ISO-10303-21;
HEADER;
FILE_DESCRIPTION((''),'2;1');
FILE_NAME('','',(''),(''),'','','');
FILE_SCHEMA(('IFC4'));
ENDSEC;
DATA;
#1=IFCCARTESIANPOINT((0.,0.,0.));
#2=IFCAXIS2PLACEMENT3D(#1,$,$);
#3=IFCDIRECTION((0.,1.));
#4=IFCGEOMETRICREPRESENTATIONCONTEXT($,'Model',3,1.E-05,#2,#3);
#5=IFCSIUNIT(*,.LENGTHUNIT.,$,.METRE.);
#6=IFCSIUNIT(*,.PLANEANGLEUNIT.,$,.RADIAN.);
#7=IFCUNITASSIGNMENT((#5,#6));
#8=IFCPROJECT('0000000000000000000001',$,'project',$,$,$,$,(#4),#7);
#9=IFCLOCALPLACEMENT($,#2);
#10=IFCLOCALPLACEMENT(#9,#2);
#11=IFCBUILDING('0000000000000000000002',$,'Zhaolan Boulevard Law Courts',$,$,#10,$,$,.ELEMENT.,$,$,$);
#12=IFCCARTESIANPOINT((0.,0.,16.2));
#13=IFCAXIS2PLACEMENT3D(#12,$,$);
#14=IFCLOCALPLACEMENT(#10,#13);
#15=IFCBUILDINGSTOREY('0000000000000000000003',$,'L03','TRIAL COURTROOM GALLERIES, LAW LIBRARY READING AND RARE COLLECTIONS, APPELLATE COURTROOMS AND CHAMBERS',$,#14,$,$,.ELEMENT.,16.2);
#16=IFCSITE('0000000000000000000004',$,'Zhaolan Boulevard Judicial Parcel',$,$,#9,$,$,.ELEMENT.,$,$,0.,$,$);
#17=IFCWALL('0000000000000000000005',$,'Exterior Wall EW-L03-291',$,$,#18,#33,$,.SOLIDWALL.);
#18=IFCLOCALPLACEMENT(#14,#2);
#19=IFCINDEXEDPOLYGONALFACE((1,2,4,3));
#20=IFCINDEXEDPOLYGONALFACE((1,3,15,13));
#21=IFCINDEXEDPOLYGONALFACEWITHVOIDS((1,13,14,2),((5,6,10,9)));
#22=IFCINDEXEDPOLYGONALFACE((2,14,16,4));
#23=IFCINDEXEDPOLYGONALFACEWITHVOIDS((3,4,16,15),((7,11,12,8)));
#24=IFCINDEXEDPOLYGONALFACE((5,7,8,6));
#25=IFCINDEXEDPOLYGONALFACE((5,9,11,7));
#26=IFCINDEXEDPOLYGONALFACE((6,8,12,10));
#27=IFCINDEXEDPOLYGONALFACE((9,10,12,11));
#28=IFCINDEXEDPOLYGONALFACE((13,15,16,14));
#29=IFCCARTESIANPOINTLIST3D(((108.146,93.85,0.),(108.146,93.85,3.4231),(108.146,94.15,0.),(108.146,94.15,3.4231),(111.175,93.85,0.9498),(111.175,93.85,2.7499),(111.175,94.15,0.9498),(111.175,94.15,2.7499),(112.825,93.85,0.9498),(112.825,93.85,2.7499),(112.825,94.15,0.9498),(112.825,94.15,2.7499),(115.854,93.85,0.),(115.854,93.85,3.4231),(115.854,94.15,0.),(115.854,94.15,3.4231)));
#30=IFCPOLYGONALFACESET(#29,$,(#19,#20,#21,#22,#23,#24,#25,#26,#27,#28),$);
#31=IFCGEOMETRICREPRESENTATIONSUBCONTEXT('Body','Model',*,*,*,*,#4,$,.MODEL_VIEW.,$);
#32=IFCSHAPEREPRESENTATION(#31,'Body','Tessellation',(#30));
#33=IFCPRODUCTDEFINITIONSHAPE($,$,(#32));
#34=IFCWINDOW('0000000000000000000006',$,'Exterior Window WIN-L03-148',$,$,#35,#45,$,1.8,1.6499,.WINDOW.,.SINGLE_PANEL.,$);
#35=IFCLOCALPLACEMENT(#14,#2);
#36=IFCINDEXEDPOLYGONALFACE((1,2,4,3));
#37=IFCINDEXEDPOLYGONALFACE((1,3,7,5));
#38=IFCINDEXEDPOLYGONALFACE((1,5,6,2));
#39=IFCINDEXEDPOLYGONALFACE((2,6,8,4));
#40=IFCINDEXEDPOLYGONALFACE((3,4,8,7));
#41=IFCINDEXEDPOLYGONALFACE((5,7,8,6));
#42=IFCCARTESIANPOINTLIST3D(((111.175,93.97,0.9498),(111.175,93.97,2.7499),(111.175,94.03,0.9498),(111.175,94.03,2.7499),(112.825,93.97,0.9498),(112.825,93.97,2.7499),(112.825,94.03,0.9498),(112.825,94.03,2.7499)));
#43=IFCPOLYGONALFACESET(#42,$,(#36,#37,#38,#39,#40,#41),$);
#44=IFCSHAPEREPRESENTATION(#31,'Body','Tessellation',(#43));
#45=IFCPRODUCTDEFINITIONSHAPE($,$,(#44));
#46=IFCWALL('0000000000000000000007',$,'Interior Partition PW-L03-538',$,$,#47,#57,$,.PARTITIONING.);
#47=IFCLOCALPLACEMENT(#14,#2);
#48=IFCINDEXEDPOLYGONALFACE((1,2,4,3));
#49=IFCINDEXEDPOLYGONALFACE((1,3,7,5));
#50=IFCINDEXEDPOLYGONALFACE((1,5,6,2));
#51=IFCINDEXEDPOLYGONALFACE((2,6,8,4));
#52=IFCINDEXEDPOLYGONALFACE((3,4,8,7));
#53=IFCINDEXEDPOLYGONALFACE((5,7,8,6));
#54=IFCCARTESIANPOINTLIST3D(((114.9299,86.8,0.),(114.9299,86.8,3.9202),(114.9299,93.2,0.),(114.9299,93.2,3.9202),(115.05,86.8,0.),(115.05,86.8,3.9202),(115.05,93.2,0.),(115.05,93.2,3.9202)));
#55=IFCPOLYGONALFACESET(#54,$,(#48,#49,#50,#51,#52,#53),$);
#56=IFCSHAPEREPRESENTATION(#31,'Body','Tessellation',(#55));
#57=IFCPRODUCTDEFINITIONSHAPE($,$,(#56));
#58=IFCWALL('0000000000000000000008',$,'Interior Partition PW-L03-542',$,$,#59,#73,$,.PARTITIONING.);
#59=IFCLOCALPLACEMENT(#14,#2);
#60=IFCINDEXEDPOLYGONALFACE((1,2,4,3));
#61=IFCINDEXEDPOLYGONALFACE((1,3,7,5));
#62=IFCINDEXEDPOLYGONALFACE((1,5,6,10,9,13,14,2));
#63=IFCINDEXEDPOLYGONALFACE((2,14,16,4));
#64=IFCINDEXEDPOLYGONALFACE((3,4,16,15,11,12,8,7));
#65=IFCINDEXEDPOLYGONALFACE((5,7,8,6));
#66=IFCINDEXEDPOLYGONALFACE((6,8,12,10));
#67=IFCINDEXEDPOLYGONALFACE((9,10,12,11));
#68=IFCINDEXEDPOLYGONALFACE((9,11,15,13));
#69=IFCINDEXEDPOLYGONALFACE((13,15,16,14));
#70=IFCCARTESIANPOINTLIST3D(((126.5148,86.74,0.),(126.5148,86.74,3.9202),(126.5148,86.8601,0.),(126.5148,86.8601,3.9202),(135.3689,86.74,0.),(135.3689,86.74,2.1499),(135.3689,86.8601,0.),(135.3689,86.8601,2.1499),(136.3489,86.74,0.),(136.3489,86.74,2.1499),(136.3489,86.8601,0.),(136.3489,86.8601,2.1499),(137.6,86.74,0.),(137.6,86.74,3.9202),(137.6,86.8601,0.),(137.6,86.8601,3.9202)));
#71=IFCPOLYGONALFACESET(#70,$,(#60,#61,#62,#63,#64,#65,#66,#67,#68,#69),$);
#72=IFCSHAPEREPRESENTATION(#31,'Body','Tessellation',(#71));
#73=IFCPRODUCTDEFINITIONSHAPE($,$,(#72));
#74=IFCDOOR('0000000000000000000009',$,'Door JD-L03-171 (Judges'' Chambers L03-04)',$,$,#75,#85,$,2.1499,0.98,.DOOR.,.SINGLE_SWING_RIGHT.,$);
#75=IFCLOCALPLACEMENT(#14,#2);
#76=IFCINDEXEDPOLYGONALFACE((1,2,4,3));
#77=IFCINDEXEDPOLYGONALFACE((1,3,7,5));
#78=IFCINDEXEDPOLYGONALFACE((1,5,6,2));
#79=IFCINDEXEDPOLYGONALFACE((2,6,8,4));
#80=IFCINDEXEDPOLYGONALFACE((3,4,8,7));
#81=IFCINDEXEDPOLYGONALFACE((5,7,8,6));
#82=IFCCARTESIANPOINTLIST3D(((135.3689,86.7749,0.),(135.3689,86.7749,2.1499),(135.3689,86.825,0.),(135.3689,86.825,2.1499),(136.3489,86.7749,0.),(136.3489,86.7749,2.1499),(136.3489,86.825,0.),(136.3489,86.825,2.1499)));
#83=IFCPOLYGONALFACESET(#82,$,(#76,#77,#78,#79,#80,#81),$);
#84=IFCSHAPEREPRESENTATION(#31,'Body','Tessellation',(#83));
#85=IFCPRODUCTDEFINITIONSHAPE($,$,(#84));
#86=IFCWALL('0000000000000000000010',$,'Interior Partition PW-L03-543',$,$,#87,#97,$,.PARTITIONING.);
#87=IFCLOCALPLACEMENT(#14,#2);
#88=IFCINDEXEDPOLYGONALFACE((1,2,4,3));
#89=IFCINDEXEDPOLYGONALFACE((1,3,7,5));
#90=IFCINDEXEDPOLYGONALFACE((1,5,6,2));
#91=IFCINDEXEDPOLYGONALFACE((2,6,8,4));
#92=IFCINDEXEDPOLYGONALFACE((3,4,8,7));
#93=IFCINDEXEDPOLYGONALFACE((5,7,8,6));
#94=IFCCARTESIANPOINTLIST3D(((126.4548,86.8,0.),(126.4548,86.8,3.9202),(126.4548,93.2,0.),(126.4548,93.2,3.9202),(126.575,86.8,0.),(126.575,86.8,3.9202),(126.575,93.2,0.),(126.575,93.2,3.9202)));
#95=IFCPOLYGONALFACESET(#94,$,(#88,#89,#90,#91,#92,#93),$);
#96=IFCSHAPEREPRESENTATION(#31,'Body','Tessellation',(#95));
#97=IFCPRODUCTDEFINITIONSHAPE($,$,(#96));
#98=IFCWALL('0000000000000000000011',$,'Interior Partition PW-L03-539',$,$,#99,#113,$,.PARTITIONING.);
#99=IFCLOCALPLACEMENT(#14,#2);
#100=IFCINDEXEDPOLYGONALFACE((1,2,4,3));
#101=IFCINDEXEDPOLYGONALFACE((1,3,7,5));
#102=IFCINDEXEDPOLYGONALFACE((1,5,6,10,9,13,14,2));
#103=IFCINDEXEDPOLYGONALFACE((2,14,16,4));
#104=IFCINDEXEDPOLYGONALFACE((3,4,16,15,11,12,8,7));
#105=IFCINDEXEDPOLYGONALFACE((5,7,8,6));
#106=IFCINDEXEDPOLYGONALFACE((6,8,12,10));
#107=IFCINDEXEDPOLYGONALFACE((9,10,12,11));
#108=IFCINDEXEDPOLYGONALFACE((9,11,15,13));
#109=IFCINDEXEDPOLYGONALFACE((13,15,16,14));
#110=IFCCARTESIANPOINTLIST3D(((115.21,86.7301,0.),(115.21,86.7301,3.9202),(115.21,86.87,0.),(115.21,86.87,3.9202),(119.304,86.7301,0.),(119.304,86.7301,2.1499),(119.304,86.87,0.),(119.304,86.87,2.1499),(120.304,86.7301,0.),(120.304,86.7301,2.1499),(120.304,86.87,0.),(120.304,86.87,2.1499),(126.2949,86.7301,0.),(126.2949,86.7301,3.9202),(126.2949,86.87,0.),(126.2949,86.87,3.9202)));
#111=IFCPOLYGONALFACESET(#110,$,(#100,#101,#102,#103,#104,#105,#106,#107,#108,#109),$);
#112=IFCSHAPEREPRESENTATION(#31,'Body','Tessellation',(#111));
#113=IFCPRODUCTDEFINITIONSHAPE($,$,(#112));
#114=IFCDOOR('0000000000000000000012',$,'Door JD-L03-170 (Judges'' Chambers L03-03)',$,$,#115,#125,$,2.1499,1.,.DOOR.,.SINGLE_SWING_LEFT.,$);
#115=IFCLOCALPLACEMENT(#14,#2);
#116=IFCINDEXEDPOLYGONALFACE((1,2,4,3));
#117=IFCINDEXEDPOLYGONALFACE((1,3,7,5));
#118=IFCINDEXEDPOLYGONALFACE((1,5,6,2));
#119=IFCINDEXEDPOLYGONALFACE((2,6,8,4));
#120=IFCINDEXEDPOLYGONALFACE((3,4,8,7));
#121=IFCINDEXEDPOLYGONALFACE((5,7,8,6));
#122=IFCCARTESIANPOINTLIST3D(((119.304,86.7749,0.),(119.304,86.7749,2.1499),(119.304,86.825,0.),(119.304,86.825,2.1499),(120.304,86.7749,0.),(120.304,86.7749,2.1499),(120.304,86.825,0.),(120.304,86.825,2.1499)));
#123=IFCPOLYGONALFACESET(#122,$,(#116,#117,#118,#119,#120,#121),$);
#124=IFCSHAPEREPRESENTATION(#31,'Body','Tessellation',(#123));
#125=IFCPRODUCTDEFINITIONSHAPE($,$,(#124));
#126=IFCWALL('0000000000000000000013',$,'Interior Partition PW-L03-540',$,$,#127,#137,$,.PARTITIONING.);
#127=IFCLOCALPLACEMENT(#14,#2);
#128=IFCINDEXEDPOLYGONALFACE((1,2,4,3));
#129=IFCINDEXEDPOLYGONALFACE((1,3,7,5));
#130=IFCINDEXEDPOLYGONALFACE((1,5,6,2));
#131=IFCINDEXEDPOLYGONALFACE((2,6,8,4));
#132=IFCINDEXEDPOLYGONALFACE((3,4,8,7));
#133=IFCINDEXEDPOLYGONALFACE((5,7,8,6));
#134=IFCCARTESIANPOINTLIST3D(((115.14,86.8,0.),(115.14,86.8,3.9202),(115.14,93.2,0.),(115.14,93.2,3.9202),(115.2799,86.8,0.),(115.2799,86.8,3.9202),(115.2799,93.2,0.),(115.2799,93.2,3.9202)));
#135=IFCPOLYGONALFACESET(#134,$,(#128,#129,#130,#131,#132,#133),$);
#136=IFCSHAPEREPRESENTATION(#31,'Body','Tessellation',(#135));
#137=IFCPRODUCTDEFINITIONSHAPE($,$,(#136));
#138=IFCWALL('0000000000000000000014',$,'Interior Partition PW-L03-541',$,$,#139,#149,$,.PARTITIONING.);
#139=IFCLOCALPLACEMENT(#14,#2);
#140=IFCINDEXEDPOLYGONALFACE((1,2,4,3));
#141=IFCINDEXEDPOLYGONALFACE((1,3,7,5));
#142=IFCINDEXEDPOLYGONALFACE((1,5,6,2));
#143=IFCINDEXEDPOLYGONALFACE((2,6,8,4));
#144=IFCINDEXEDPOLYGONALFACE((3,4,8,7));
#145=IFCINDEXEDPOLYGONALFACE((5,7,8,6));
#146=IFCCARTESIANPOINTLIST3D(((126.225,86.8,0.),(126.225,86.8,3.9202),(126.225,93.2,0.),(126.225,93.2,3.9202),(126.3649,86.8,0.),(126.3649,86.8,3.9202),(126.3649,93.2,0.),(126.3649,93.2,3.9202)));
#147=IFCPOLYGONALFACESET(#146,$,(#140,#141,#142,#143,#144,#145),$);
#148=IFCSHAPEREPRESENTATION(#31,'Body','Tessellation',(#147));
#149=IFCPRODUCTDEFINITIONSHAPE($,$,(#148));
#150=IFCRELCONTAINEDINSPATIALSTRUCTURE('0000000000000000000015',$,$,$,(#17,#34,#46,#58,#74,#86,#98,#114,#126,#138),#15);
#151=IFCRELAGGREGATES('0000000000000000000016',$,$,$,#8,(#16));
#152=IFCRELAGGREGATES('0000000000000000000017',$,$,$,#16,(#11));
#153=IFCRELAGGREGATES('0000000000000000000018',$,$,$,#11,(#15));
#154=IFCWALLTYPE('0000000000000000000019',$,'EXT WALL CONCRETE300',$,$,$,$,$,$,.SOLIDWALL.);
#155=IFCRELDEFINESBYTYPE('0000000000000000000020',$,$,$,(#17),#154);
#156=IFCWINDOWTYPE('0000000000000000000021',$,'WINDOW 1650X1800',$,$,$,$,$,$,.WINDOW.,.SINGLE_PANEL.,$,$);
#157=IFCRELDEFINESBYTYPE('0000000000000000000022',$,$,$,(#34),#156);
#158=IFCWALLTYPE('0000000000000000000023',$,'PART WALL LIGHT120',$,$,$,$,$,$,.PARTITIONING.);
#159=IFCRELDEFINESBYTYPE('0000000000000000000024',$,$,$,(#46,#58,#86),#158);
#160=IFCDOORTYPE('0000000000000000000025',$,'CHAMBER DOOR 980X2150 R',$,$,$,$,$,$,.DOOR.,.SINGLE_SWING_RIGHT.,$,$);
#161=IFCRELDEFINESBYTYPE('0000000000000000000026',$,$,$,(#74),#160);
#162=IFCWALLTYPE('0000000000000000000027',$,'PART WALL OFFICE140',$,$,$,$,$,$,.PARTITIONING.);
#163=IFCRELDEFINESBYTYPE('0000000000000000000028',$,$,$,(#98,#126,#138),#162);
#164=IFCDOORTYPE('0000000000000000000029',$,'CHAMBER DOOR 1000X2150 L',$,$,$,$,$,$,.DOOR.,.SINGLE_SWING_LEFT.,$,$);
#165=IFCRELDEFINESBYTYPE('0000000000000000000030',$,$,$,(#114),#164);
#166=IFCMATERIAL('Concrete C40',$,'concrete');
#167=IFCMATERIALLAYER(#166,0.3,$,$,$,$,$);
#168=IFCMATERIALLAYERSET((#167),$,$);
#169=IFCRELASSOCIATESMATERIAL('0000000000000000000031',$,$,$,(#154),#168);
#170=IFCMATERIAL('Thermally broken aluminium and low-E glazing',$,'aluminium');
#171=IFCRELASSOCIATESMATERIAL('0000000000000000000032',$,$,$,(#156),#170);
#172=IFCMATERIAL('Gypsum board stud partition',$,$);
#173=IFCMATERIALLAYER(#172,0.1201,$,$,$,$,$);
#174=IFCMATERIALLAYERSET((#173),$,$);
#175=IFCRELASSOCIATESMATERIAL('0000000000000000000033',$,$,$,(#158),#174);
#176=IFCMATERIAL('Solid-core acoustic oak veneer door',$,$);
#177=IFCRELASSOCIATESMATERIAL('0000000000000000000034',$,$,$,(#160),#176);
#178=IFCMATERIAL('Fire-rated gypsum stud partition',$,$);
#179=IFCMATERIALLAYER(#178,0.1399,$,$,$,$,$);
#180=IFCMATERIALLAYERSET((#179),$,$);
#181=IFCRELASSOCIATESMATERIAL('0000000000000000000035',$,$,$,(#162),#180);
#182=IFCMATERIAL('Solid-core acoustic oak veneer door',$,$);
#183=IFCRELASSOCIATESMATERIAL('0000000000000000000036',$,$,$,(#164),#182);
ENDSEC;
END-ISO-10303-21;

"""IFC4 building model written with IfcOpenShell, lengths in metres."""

from ifc_helpers import new_model, si_unit, direction, frame, frame_2d, origin, place, context, subcontext, project, spatial, rectangle, extrude, material, layer, layer_set, type_object, element, fill, save


model = new_model("IFC4")

# Units and contexts
model_context = context("Model", 3, precision=1e-05, world=origin(), true_north=direction((0.0, 1.0)))
body_context = subcontext(model_context, "Body", "Model", "MODEL_VIEW")
ifc_project = project(units=[si_unit("LENGTHUNIT", "METRE"), si_unit("PLANEANGLEUNIT", "RADIAN")], contexts=[model_context])

# Site, building, storey
site_placement = place(None, origin())
site = spatial("IfcSite", under=ifc_project, at=site_placement, Name="Zhaolan Boulevard Judicial Parcel", CompositionType="ELEMENT", RefElevation=0.0)
building_placement = place(site_placement, origin())
building = spatial("IfcBuilding", under=site, at=building_placement, Name="Zhaolan Boulevard Law Courts", CompositionType="ELEMENT")
storey_placement = place(building_placement, frame((0.0, 0.0, 16.2)))
storey = spatial("IfcBuildingStorey", under=building, at=storey_placement, Name="L03", Description="TRIAL COURTROOM GALLERIES, LAW LIBRARY READING AND RARE COLLECTIONS, APPELLATE COURTROOMS AND CHAMBERS", CompositionType="ELEMENT", Elevation=16.2)

# Wall, opening, window
ifc_material_1 = material(Name="Concrete C40", Category="concrete")
ifc_layer_1 = layer(ifc_material_1, 0.3)
ifc_layer_set_1 = layer_set([ifc_layer_1])
wall_type_1 = type_object("IfcWallType", Name="EXT WALL CONCRETE300", PredefinedType="SOLIDWALL", material=ifc_layer_set_1)
wall_1_placement = place(storey_placement, frame((115.854, 94.0, 0.0), z_axis=(0.0, 0.0, 1.0), x_axis=(-1.0, 0.0, 0.0)))
wall_1 = element("IfcWall", 1, at=wall_1_placement, inside=storey, type_object=wall_type_1, Name="Exterior Wall EW-L03-291", PredefinedType="SOLIDWALL", context=body_context, shape_type="SweptSolid", body=[
    extrude(rectangle(XDim=7.708, YDim=0.3, at=frame_2d((3.854, 0.0))), origin(), (0.0, 0.0, 1.0), 3.4231),
])
opening_1_placement = place(wall_1_placement, frame((3.0291, 0.0, 0.95)))
opening_1 = element("IfcOpeningElement", 2, at=opening_1_placement, cuts=wall_1, PredefinedType="OPENING", context=body_context, shape_type="SweptSolid", body=[
    extrude(rectangle(XDim=1.6499, YDim=1.8, at=frame_2d((0.825, 0.8999))), frame((0.0, 0.1599, 0.0), z_axis=(0.0, -1.0, 0.0), x_axis=(1.0, 0.0, 0.0)), (0.0, 0.0, 1.0), 0.3201),
])
ifc_material_2 = material(Name="Thermally broken aluminium and low-E glazing", Category="aluminium")
window_type_1 = type_object("IfcWindowType", Name="WINDOW 1650X1800", PartitioningType="SINGLE_PANEL", PredefinedType="WINDOW", material=ifc_material_2)
window_1_placement = place(opening_1_placement, origin())
window_1 = element("IfcWindow", 3, at=window_1_placement, inside=storey, type_object=window_type_1, Name="Exterior Window WIN-L03-148", OverallHeight=1.8, OverallWidth=1.6499, PartitioningType="SINGLE_PANEL", PredefinedType="WINDOW", context=body_context, shape_type="SweptSolid", body=[
    extrude(rectangle(XDim=1.6499, YDim=1.8, at=frame_2d((0.825, 0.8999))), frame((0.0, 0.03, 0.0), z_axis=(0.0, -1.0, 0.0), x_axis=(1.0, 0.0, 0.0)), (0.0, 0.0, 1.0), 0.0601),
])
fill(opening_1, window_1)

# Wall
ifc_material_3 = material(Name="Gypsum board stud partition")
ifc_layer_2 = layer(ifc_material_3, 0.1201)
ifc_layer_set_2 = layer_set([ifc_layer_2])
wall_type_2 = type_object("IfcWallType", Name="PART WALL LIGHT120", PredefinedType="PARTITIONING", material=ifc_layer_set_2)
wall_2_placement = place(storey_placement, frame((114.99, 86.8, 0.0), z_axis=(0.0, 0.0, 1.0), x_axis=(0.0, 1.0, 0.0)))
element("IfcWall", 4, at=wall_2_placement, inside=storey, type_object=wall_type_2, Name="Interior Partition PW-L03-538", PredefinedType="PARTITIONING", context=body_context, shape_type="SweptSolid", body=[
    extrude(rectangle(XDim=6.3999, YDim=0.1201, at=frame_2d((3.2, 0.0))), origin(), (0.0, 0.0, 1.0), 3.9202),
])

# Wall, opening, door
wall_3_placement = place(storey_placement, frame((126.5149, 86.8, 0.0), z_axis=(0.0, 0.0, 1.0), x_axis=(1.0, 0.0, 0.0)))
wall_3 = element("IfcWall", 5, at=wall_3_placement, inside=storey, type_object=wall_type_2, Name="Interior Partition PW-L03-542", PredefinedType="PARTITIONING", context=body_context, shape_type="SweptSolid", body=[
    extrude(rectangle(XDim=11.0852, YDim=0.1201, at=frame_2d((5.5425, 0.0))), origin(), (0.0, 0.0, 1.0), 3.9202),
])
opening_2_placement = place(wall_3_placement, frame((8.854, 0.0, 0.0)))
opening_2 = element("IfcOpeningElement", 6, at=opening_2_placement, cuts=wall_3, PredefinedType="OPENING", context=body_context, shape_type="SweptSolid", body=[
    extrude(rectangle(XDim=0.98, YDim=2.1499, at=frame_2d((0.49, 1.075))), frame((0.0, 0.0701, 0.0), z_axis=(0.0, -1.0, 0.0), x_axis=(1.0, 0.0, 0.0)), (0.0, 0.0, 1.0), 0.1401),
])
ifc_material_4 = material(Name="Solid-core acoustic oak veneer door")
door_type_1 = type_object("IfcDoorType", Name="CHAMBER DOOR 980X2150 R", OperationType="SINGLE_SWING_RIGHT", PredefinedType="DOOR", material=ifc_material_4)
door_1_placement = place(opening_2_placement, origin())
door_1 = element("IfcDoor", 7, at=door_1_placement, inside=storey, type_object=door_type_1, Name="Door JD-L03-171 (Judges' Chambers L03-04)", OperationType="SINGLE_SWING_RIGHT", OverallHeight=2.1499, OverallWidth=0.98, PredefinedType="DOOR", context=body_context, shape_type="SweptSolid", body=[
    extrude(rectangle(XDim=0.98, YDim=2.1499, at=frame_2d((0.49, 1.075))), frame((0.0, 0.0249, 0.0), z_axis=(0.0, -1.0, 0.0), x_axis=(1.0, 0.0, 0.0)), (0.0, 0.0, 1.0), 0.05),
])
fill(opening_2, door_1)

# Wall
wall_4_placement = place(storey_placement, frame((126.5149, 93.2, 0.0), z_axis=(0.0, 0.0, 1.0), x_axis=(0.0, -1.0, 0.0)))
element("IfcWall", 8, at=wall_4_placement, inside=storey, type_object=wall_type_2, Name="Interior Partition PW-L03-543", PredefinedType="PARTITIONING", context=body_context, shape_type="SweptSolid", body=[
    extrude(rectangle(XDim=6.3999, YDim=0.1201, at=frame_2d((3.2, 0.0))), origin(), (0.0, 0.0, 1.0), 3.9202),
])

# Wall, opening, door
ifc_material_5 = material(Name="Fire-rated gypsum stud partition")
ifc_layer_3 = layer(ifc_material_5, 0.1399)
ifc_layer_set_3 = layer_set([ifc_layer_3])
wall_type_3 = type_object("IfcWallType", Name="PART WALL OFFICE140", PredefinedType="PARTITIONING", material=ifc_layer_set_3)
wall_5_placement = place(storey_placement, frame((115.21, 86.8, 0.0), z_axis=(0.0, 0.0, 1.0), x_axis=(1.0, 0.0, 0.0)))
wall_5 = element("IfcWall", 9, at=wall_5_placement, inside=storey, type_object=wall_type_3, Name="Interior Partition PW-L03-539", PredefinedType="PARTITIONING", context=body_context, shape_type="SweptSolid", body=[
    extrude(rectangle(XDim=11.085, YDim=0.1399, at=frame_2d((5.5425, 0.0))), origin(), (0.0, 0.0, 1.0), 3.9202),
])
opening_3_placement = place(wall_5_placement, frame((4.094, 0.0, 0.0)))
opening_3 = element("IfcOpeningElement", 10, at=opening_3_placement, cuts=wall_5, PredefinedType="OPENING", context=body_context, shape_type="SweptSolid", body=[
    extrude(rectangle(XDim=1.0, YDim=2.1499, at=frame_2d((0.5, 1.075))), frame((0.0, 0.0798, 0.0), z_axis=(0.0, -1.0, 0.0), x_axis=(1.0, 0.0, 0.0)), (0.0, 0.0, 1.0), 0.1599),
])
ifc_material_6 = material(Name="Solid-core acoustic oak veneer door")
door_type_2 = type_object("IfcDoorType", Name="CHAMBER DOOR 1000X2150 L", OperationType="SINGLE_SWING_LEFT", PredefinedType="DOOR", material=ifc_material_6)
door_2_placement = place(opening_3_placement, origin())
door_2 = element("IfcDoor", 11, at=door_2_placement, inside=storey, type_object=door_type_2, Name="Door JD-L03-170 (Judges' Chambers L03-03)", OperationType="SINGLE_SWING_LEFT", OverallHeight=2.1499, OverallWidth=1.0, PredefinedType="DOOR", context=body_context, shape_type="SweptSolid", body=[
    extrude(rectangle(XDim=1.0, YDim=2.1499, at=frame_2d((0.5, 1.075))), frame((0.0, 0.0249, 0.0), z_axis=(0.0, -1.0, 0.0), x_axis=(1.0, 0.0, 0.0)), (0.0, 0.0, 1.0), 0.05),
])
fill(opening_3, door_2)

# Walls
for number, where, z_axis, x_axis, name in (
    (12, (115.21, 93.2, 0.0), (0.0, 0.0, 1.0), (0.0, -1.0, 0.0), "Interior Partition PW-L03-540"),
    (13, (126.2949, 86.8, 0.0), (0.0, 0.0, 1.0), (0.0, 1.0, 0.0), "Interior Partition PW-L03-541"),
):
    element("IfcWall", number, at=place(storey_placement, frame(where, z_axis=z_axis, x_axis=x_axis)), inside=storey, type_object=wall_type_3, Name=name, PredefinedType="PARTITIONING", context=body_context, shape_type="SweptSolid", body=[
        extrude(rectangle(XDim=6.3999, YDim=0.1399, at=frame_2d((3.2, 0.0))), origin(), (0.0, 0.0, 1.0), 3.9202),
    ])

save(model, "model.ifc")
